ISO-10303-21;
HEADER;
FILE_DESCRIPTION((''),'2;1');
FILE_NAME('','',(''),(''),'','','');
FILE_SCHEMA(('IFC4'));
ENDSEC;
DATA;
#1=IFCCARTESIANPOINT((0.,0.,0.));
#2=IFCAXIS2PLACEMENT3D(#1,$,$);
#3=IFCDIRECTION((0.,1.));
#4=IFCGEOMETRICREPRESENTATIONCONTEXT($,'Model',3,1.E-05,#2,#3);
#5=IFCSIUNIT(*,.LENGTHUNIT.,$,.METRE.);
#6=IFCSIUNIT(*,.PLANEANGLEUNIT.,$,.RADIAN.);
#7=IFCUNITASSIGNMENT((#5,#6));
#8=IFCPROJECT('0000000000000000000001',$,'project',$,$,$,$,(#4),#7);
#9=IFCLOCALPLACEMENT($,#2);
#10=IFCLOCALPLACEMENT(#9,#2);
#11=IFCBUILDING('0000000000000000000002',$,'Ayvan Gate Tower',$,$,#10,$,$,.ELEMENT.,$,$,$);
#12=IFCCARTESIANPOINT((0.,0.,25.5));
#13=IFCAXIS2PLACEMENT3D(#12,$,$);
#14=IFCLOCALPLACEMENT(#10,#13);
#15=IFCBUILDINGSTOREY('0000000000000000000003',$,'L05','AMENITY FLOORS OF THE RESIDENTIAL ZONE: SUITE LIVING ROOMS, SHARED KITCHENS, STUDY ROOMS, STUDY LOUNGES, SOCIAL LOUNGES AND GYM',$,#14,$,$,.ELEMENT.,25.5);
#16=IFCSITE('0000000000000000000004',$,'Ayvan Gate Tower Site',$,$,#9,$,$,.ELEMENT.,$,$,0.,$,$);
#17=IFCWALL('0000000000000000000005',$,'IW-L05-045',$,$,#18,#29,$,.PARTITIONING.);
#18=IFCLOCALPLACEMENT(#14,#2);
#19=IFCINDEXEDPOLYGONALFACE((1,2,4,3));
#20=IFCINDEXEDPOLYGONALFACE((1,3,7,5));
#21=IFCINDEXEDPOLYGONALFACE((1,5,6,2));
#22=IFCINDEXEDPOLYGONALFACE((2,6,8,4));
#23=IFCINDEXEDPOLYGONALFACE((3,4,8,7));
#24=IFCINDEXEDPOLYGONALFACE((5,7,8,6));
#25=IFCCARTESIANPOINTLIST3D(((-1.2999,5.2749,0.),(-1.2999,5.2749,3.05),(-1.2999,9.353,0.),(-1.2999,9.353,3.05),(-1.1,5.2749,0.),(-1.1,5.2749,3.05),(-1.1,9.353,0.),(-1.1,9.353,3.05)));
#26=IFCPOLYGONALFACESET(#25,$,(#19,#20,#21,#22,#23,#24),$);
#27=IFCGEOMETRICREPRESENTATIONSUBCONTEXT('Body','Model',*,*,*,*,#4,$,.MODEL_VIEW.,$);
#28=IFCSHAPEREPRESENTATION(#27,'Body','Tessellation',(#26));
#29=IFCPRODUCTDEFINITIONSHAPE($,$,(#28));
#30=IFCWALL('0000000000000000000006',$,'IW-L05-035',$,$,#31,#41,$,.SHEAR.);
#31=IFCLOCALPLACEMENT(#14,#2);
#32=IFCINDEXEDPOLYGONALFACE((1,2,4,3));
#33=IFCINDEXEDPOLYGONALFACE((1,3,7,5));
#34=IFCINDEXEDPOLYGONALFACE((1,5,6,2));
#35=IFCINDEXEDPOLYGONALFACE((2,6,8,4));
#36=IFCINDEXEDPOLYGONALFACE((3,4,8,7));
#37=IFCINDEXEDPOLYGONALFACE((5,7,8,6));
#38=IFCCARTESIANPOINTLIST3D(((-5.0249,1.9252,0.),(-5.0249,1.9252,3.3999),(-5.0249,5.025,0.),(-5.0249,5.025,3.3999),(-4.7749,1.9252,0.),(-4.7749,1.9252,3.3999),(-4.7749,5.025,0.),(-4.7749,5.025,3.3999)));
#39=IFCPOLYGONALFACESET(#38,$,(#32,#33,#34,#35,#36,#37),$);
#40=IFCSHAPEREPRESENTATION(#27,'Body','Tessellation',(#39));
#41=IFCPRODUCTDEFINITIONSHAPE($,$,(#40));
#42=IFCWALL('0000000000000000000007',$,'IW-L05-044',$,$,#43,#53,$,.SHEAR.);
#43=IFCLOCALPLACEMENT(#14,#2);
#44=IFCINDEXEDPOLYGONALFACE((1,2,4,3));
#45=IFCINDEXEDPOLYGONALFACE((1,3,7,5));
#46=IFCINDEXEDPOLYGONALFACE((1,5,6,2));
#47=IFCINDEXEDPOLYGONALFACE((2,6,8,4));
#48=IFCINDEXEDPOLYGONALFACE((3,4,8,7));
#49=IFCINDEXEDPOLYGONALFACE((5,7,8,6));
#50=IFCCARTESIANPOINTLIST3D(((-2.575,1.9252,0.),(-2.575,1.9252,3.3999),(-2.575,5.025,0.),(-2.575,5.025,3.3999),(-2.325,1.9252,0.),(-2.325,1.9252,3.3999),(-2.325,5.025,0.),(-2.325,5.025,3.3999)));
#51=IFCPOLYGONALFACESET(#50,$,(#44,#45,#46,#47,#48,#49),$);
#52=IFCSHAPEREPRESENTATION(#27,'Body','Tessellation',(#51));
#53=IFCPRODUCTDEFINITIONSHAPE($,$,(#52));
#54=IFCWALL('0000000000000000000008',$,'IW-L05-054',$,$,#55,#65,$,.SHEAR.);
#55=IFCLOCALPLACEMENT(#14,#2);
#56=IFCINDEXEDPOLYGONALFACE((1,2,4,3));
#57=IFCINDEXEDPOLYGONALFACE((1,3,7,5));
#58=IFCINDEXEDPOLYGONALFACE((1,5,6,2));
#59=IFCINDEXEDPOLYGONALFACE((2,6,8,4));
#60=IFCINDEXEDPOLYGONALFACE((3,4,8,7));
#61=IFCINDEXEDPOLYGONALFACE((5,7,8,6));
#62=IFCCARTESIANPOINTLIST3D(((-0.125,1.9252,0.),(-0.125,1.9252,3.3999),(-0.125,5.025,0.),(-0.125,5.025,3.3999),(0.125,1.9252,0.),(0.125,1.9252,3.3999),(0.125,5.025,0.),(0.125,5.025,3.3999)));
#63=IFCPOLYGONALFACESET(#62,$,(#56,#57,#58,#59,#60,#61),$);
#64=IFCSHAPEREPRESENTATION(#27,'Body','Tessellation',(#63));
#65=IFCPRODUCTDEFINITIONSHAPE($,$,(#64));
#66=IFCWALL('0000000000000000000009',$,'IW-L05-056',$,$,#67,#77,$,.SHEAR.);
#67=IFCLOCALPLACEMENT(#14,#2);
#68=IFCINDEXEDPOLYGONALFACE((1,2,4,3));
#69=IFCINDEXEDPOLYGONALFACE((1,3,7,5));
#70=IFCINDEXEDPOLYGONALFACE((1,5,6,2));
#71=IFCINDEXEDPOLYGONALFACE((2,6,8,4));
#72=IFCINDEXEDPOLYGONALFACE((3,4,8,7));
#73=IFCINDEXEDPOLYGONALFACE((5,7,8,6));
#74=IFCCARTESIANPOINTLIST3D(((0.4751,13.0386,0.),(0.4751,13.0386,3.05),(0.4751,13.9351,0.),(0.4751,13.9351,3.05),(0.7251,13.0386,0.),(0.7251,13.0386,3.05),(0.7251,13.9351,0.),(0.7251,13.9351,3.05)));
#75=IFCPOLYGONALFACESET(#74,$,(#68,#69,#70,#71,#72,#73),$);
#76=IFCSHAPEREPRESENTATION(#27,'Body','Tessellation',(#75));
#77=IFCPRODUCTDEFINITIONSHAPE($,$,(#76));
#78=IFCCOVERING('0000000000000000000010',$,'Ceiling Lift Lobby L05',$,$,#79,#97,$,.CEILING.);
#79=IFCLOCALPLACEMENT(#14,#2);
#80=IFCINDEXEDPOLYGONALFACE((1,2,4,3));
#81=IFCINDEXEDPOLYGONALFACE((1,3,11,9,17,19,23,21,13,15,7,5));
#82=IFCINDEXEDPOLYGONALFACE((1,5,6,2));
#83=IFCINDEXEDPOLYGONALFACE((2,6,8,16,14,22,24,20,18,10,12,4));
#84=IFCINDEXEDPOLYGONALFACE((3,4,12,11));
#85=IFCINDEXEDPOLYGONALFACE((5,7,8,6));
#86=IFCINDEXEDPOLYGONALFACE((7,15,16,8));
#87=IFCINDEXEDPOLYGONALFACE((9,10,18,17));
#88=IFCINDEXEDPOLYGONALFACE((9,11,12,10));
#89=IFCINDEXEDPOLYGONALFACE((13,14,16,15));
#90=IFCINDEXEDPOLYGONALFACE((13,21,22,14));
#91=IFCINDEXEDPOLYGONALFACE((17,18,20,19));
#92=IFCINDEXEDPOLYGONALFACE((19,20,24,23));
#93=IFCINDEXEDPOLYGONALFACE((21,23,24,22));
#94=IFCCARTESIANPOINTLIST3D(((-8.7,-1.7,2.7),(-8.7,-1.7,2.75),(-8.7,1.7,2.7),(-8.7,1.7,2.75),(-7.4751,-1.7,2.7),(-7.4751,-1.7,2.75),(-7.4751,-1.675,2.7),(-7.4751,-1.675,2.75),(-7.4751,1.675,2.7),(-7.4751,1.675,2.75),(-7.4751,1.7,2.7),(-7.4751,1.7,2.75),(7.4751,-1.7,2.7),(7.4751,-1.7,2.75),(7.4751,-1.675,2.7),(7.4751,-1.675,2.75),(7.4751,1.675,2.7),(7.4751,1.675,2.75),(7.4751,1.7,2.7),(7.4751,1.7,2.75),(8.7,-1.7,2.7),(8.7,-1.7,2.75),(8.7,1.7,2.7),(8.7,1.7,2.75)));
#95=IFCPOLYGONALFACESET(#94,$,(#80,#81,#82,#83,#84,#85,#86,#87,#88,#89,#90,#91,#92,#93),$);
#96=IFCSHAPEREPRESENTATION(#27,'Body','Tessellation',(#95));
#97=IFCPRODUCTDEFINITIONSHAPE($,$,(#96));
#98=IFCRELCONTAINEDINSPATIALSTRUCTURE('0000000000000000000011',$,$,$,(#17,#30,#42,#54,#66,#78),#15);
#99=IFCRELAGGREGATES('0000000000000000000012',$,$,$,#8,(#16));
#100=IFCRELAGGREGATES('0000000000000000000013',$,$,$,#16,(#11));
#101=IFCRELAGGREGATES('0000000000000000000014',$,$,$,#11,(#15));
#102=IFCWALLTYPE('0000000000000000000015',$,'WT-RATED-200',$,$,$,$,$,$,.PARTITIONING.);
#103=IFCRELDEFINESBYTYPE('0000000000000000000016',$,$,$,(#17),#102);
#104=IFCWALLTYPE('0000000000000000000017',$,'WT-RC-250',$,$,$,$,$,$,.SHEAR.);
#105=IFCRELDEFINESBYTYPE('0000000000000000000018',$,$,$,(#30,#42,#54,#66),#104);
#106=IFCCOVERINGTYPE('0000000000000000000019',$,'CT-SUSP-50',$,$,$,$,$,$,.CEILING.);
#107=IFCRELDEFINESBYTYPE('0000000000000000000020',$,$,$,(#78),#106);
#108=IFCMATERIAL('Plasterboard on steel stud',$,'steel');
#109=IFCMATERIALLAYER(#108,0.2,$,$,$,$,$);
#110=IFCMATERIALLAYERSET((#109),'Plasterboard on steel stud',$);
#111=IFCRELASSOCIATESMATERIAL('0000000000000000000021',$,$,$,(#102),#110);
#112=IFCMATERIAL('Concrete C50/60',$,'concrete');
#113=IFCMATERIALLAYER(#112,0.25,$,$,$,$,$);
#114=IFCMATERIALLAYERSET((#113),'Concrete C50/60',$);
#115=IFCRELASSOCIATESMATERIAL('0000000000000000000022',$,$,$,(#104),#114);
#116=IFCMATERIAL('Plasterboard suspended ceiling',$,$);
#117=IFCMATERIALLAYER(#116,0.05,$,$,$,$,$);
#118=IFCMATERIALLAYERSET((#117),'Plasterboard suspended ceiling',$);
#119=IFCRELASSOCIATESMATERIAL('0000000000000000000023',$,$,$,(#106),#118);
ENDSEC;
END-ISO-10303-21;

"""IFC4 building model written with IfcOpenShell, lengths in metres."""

from ifc_helpers import new_model, si_unit, direction, frame, frame_2d, origin, place, context, subcontext, project, spatial, polyline, rectangle, outline, extrude, material, layer, layer_set, type_object, element, save


model = new_model("IFC4")

# Units and contexts
model_context = context("Model", 3, precision=1e-05, world=origin(), true_north=direction((0.0, 1.0)))
body_context = subcontext(model_context, "Body", "Model", "MODEL_VIEW")
ifc_project = project(units=[si_unit("LENGTHUNIT", "METRE"), si_unit("PLANEANGLEUNIT", "RADIAN")], contexts=[model_context])

# Site, building, storey
site_placement = place(None, origin())
site = spatial("IfcSite", under=ifc_project, at=site_placement, Name="Ayvan Gate Tower Site", CompositionType="ELEMENT", RefElevation=0.0)
building_placement = place(site_placement, origin())
building = spatial("IfcBuilding", under=site, at=building_placement, Name="Ayvan Gate Tower", CompositionType="ELEMENT")
storey_placement = place(building_placement, frame((0.0, 0.0, 25.5)))
storey = spatial("IfcBuildingStorey", under=building, at=storey_placement, Name="L05", Description="AMENITY FLOORS OF THE RESIDENTIAL ZONE: SUITE LIVING ROOMS, SHARED KITCHENS, STUDY ROOMS, STUDY LOUNGES, SOCIAL LOUNGES AND GYM", CompositionType="ELEMENT", Elevation=25.5)

# Walls
ifc_material_1 = material(Name="Plasterboard on steel stud", Category="steel")
ifc_layer_1 = layer(ifc_material_1, 0.2)
ifc_layer_set_1 = layer_set([ifc_layer_1], Name="Plasterboard on steel stud")
wall_type_1 = type_object("IfcWallType", Name="WT-RATED-200", PredefinedType="PARTITIONING", material=ifc_layer_set_1)
wall_1_placement = place(storey_placement, frame((-1.2, 9.353, 0.0), z_axis=(0.0, 0.0, 1.0), x_axis=(0.0, -1.0, 0.0)))
element("IfcWall", 1, at=wall_1_placement, inside=storey, type_object=wall_type_1, Name="IW-L05-045", PredefinedType="PARTITIONING", context=body_context, shape_type="SweptSolid", body=[
    extrude(rectangle(XDim=4.0781, YDim=0.2, at=frame_2d((2.0391, 0.0))), origin(), (0.0, 0.0, 1.0), 3.05),
])
ifc_material_2 = material(Name="Concrete C50/60", Category="concrete")
ifc_layer_2 = layer(ifc_material_2, 0.25)
ifc_layer_set_2 = layer_set([ifc_layer_2], Name="Concrete C50/60")
wall_type_2 = type_object("IfcWallType", Name="WT-RC-250", PredefinedType="SHEAR", material=ifc_layer_set_2)
for number, where, z_axis, x_axis, name in (
    (2, (-4.8999, 5.0249, 0.0), (0.0, 0.0, 1.0), (0.0, -1.0, 0.0), "IW-L05-035"),
    (3, (-2.45, 5.0249, 0.0), (0.0, 0.0, 1.0), (0.0, -1.0, 0.0), "IW-L05-044"),
    (4, (0.0, 5.0249, 0.0), (0.0, 0.0, 1.0), (0.0, -1.0, 0.0), "IW-L05-054"),
):
    element("IfcWall", number, at=place(storey_placement, frame(where, z_axis=z_axis, x_axis=x_axis)), inside=storey, type_object=wall_type_2, Name=name, PredefinedType="SHEAR", context=body_context, shape_type="SweptSolid", body=[
        extrude(rectangle(XDim=3.0999, YDim=0.25, at=frame_2d((1.5498, 0.0))), origin(), (0.0, 0.0, 1.0), 3.3999),
    ])
wall_2_placement = place(storey_placement, frame((0.6001, 13.0386, 0.0), z_axis=(0.0, 0.0, 1.0), x_axis=(0.0, 1.0, 0.0)))
element("IfcWall", 5, at=wall_2_placement, inside=storey, type_object=wall_type_2, Name="IW-L05-056", PredefinedType="SHEAR", context=body_context, shape_type="SweptSolid", body=[
    extrude(rectangle(XDim=0.8965, YDim=0.25, at=frame_2d((0.4482, 0.0))), origin(), (0.0, 0.0, 1.0), 3.05),
])

# Covering
ifc_material_3 = material(Name="Plasterboard suspended ceiling")
ifc_layer_3 = layer(ifc_material_3, 0.05)
ifc_layer_set_3 = layer_set([ifc_layer_3], Name="Plasterboard suspended ceiling")
covering_type = type_object("IfcCoveringType", Name="CT-SUSP-50", PredefinedType="CEILING", material=ifc_layer_set_3)
covering_1_placement = place(storey_placement, frame((0.0, 0.0, 2.7)))
element("IfcCovering", 6, at=covering_1_placement, inside=storey, type_object=covering_type, Name="Ceiling Lift Lobby L05", PredefinedType="CEILING", context=body_context, shape_type="SweptSolid", body=[
    extrude(outline(polyline([(7.4751, -1.675), (-7.4751, -1.675), (-7.4751, -1.7), (-8.7, -1.7), (-8.7, 1.7), (-7.4751, 1.7), (-7.4751, 1.675), (7.4751, 1.675), (7.4751, 1.7), (8.7, 1.7), (8.7, -1.7), (7.4751, -1.7), (7.4751, -1.675)])), origin(), (0.0, 0.0, 1.0), 0.05),
])

save(model, "model.ifc")
